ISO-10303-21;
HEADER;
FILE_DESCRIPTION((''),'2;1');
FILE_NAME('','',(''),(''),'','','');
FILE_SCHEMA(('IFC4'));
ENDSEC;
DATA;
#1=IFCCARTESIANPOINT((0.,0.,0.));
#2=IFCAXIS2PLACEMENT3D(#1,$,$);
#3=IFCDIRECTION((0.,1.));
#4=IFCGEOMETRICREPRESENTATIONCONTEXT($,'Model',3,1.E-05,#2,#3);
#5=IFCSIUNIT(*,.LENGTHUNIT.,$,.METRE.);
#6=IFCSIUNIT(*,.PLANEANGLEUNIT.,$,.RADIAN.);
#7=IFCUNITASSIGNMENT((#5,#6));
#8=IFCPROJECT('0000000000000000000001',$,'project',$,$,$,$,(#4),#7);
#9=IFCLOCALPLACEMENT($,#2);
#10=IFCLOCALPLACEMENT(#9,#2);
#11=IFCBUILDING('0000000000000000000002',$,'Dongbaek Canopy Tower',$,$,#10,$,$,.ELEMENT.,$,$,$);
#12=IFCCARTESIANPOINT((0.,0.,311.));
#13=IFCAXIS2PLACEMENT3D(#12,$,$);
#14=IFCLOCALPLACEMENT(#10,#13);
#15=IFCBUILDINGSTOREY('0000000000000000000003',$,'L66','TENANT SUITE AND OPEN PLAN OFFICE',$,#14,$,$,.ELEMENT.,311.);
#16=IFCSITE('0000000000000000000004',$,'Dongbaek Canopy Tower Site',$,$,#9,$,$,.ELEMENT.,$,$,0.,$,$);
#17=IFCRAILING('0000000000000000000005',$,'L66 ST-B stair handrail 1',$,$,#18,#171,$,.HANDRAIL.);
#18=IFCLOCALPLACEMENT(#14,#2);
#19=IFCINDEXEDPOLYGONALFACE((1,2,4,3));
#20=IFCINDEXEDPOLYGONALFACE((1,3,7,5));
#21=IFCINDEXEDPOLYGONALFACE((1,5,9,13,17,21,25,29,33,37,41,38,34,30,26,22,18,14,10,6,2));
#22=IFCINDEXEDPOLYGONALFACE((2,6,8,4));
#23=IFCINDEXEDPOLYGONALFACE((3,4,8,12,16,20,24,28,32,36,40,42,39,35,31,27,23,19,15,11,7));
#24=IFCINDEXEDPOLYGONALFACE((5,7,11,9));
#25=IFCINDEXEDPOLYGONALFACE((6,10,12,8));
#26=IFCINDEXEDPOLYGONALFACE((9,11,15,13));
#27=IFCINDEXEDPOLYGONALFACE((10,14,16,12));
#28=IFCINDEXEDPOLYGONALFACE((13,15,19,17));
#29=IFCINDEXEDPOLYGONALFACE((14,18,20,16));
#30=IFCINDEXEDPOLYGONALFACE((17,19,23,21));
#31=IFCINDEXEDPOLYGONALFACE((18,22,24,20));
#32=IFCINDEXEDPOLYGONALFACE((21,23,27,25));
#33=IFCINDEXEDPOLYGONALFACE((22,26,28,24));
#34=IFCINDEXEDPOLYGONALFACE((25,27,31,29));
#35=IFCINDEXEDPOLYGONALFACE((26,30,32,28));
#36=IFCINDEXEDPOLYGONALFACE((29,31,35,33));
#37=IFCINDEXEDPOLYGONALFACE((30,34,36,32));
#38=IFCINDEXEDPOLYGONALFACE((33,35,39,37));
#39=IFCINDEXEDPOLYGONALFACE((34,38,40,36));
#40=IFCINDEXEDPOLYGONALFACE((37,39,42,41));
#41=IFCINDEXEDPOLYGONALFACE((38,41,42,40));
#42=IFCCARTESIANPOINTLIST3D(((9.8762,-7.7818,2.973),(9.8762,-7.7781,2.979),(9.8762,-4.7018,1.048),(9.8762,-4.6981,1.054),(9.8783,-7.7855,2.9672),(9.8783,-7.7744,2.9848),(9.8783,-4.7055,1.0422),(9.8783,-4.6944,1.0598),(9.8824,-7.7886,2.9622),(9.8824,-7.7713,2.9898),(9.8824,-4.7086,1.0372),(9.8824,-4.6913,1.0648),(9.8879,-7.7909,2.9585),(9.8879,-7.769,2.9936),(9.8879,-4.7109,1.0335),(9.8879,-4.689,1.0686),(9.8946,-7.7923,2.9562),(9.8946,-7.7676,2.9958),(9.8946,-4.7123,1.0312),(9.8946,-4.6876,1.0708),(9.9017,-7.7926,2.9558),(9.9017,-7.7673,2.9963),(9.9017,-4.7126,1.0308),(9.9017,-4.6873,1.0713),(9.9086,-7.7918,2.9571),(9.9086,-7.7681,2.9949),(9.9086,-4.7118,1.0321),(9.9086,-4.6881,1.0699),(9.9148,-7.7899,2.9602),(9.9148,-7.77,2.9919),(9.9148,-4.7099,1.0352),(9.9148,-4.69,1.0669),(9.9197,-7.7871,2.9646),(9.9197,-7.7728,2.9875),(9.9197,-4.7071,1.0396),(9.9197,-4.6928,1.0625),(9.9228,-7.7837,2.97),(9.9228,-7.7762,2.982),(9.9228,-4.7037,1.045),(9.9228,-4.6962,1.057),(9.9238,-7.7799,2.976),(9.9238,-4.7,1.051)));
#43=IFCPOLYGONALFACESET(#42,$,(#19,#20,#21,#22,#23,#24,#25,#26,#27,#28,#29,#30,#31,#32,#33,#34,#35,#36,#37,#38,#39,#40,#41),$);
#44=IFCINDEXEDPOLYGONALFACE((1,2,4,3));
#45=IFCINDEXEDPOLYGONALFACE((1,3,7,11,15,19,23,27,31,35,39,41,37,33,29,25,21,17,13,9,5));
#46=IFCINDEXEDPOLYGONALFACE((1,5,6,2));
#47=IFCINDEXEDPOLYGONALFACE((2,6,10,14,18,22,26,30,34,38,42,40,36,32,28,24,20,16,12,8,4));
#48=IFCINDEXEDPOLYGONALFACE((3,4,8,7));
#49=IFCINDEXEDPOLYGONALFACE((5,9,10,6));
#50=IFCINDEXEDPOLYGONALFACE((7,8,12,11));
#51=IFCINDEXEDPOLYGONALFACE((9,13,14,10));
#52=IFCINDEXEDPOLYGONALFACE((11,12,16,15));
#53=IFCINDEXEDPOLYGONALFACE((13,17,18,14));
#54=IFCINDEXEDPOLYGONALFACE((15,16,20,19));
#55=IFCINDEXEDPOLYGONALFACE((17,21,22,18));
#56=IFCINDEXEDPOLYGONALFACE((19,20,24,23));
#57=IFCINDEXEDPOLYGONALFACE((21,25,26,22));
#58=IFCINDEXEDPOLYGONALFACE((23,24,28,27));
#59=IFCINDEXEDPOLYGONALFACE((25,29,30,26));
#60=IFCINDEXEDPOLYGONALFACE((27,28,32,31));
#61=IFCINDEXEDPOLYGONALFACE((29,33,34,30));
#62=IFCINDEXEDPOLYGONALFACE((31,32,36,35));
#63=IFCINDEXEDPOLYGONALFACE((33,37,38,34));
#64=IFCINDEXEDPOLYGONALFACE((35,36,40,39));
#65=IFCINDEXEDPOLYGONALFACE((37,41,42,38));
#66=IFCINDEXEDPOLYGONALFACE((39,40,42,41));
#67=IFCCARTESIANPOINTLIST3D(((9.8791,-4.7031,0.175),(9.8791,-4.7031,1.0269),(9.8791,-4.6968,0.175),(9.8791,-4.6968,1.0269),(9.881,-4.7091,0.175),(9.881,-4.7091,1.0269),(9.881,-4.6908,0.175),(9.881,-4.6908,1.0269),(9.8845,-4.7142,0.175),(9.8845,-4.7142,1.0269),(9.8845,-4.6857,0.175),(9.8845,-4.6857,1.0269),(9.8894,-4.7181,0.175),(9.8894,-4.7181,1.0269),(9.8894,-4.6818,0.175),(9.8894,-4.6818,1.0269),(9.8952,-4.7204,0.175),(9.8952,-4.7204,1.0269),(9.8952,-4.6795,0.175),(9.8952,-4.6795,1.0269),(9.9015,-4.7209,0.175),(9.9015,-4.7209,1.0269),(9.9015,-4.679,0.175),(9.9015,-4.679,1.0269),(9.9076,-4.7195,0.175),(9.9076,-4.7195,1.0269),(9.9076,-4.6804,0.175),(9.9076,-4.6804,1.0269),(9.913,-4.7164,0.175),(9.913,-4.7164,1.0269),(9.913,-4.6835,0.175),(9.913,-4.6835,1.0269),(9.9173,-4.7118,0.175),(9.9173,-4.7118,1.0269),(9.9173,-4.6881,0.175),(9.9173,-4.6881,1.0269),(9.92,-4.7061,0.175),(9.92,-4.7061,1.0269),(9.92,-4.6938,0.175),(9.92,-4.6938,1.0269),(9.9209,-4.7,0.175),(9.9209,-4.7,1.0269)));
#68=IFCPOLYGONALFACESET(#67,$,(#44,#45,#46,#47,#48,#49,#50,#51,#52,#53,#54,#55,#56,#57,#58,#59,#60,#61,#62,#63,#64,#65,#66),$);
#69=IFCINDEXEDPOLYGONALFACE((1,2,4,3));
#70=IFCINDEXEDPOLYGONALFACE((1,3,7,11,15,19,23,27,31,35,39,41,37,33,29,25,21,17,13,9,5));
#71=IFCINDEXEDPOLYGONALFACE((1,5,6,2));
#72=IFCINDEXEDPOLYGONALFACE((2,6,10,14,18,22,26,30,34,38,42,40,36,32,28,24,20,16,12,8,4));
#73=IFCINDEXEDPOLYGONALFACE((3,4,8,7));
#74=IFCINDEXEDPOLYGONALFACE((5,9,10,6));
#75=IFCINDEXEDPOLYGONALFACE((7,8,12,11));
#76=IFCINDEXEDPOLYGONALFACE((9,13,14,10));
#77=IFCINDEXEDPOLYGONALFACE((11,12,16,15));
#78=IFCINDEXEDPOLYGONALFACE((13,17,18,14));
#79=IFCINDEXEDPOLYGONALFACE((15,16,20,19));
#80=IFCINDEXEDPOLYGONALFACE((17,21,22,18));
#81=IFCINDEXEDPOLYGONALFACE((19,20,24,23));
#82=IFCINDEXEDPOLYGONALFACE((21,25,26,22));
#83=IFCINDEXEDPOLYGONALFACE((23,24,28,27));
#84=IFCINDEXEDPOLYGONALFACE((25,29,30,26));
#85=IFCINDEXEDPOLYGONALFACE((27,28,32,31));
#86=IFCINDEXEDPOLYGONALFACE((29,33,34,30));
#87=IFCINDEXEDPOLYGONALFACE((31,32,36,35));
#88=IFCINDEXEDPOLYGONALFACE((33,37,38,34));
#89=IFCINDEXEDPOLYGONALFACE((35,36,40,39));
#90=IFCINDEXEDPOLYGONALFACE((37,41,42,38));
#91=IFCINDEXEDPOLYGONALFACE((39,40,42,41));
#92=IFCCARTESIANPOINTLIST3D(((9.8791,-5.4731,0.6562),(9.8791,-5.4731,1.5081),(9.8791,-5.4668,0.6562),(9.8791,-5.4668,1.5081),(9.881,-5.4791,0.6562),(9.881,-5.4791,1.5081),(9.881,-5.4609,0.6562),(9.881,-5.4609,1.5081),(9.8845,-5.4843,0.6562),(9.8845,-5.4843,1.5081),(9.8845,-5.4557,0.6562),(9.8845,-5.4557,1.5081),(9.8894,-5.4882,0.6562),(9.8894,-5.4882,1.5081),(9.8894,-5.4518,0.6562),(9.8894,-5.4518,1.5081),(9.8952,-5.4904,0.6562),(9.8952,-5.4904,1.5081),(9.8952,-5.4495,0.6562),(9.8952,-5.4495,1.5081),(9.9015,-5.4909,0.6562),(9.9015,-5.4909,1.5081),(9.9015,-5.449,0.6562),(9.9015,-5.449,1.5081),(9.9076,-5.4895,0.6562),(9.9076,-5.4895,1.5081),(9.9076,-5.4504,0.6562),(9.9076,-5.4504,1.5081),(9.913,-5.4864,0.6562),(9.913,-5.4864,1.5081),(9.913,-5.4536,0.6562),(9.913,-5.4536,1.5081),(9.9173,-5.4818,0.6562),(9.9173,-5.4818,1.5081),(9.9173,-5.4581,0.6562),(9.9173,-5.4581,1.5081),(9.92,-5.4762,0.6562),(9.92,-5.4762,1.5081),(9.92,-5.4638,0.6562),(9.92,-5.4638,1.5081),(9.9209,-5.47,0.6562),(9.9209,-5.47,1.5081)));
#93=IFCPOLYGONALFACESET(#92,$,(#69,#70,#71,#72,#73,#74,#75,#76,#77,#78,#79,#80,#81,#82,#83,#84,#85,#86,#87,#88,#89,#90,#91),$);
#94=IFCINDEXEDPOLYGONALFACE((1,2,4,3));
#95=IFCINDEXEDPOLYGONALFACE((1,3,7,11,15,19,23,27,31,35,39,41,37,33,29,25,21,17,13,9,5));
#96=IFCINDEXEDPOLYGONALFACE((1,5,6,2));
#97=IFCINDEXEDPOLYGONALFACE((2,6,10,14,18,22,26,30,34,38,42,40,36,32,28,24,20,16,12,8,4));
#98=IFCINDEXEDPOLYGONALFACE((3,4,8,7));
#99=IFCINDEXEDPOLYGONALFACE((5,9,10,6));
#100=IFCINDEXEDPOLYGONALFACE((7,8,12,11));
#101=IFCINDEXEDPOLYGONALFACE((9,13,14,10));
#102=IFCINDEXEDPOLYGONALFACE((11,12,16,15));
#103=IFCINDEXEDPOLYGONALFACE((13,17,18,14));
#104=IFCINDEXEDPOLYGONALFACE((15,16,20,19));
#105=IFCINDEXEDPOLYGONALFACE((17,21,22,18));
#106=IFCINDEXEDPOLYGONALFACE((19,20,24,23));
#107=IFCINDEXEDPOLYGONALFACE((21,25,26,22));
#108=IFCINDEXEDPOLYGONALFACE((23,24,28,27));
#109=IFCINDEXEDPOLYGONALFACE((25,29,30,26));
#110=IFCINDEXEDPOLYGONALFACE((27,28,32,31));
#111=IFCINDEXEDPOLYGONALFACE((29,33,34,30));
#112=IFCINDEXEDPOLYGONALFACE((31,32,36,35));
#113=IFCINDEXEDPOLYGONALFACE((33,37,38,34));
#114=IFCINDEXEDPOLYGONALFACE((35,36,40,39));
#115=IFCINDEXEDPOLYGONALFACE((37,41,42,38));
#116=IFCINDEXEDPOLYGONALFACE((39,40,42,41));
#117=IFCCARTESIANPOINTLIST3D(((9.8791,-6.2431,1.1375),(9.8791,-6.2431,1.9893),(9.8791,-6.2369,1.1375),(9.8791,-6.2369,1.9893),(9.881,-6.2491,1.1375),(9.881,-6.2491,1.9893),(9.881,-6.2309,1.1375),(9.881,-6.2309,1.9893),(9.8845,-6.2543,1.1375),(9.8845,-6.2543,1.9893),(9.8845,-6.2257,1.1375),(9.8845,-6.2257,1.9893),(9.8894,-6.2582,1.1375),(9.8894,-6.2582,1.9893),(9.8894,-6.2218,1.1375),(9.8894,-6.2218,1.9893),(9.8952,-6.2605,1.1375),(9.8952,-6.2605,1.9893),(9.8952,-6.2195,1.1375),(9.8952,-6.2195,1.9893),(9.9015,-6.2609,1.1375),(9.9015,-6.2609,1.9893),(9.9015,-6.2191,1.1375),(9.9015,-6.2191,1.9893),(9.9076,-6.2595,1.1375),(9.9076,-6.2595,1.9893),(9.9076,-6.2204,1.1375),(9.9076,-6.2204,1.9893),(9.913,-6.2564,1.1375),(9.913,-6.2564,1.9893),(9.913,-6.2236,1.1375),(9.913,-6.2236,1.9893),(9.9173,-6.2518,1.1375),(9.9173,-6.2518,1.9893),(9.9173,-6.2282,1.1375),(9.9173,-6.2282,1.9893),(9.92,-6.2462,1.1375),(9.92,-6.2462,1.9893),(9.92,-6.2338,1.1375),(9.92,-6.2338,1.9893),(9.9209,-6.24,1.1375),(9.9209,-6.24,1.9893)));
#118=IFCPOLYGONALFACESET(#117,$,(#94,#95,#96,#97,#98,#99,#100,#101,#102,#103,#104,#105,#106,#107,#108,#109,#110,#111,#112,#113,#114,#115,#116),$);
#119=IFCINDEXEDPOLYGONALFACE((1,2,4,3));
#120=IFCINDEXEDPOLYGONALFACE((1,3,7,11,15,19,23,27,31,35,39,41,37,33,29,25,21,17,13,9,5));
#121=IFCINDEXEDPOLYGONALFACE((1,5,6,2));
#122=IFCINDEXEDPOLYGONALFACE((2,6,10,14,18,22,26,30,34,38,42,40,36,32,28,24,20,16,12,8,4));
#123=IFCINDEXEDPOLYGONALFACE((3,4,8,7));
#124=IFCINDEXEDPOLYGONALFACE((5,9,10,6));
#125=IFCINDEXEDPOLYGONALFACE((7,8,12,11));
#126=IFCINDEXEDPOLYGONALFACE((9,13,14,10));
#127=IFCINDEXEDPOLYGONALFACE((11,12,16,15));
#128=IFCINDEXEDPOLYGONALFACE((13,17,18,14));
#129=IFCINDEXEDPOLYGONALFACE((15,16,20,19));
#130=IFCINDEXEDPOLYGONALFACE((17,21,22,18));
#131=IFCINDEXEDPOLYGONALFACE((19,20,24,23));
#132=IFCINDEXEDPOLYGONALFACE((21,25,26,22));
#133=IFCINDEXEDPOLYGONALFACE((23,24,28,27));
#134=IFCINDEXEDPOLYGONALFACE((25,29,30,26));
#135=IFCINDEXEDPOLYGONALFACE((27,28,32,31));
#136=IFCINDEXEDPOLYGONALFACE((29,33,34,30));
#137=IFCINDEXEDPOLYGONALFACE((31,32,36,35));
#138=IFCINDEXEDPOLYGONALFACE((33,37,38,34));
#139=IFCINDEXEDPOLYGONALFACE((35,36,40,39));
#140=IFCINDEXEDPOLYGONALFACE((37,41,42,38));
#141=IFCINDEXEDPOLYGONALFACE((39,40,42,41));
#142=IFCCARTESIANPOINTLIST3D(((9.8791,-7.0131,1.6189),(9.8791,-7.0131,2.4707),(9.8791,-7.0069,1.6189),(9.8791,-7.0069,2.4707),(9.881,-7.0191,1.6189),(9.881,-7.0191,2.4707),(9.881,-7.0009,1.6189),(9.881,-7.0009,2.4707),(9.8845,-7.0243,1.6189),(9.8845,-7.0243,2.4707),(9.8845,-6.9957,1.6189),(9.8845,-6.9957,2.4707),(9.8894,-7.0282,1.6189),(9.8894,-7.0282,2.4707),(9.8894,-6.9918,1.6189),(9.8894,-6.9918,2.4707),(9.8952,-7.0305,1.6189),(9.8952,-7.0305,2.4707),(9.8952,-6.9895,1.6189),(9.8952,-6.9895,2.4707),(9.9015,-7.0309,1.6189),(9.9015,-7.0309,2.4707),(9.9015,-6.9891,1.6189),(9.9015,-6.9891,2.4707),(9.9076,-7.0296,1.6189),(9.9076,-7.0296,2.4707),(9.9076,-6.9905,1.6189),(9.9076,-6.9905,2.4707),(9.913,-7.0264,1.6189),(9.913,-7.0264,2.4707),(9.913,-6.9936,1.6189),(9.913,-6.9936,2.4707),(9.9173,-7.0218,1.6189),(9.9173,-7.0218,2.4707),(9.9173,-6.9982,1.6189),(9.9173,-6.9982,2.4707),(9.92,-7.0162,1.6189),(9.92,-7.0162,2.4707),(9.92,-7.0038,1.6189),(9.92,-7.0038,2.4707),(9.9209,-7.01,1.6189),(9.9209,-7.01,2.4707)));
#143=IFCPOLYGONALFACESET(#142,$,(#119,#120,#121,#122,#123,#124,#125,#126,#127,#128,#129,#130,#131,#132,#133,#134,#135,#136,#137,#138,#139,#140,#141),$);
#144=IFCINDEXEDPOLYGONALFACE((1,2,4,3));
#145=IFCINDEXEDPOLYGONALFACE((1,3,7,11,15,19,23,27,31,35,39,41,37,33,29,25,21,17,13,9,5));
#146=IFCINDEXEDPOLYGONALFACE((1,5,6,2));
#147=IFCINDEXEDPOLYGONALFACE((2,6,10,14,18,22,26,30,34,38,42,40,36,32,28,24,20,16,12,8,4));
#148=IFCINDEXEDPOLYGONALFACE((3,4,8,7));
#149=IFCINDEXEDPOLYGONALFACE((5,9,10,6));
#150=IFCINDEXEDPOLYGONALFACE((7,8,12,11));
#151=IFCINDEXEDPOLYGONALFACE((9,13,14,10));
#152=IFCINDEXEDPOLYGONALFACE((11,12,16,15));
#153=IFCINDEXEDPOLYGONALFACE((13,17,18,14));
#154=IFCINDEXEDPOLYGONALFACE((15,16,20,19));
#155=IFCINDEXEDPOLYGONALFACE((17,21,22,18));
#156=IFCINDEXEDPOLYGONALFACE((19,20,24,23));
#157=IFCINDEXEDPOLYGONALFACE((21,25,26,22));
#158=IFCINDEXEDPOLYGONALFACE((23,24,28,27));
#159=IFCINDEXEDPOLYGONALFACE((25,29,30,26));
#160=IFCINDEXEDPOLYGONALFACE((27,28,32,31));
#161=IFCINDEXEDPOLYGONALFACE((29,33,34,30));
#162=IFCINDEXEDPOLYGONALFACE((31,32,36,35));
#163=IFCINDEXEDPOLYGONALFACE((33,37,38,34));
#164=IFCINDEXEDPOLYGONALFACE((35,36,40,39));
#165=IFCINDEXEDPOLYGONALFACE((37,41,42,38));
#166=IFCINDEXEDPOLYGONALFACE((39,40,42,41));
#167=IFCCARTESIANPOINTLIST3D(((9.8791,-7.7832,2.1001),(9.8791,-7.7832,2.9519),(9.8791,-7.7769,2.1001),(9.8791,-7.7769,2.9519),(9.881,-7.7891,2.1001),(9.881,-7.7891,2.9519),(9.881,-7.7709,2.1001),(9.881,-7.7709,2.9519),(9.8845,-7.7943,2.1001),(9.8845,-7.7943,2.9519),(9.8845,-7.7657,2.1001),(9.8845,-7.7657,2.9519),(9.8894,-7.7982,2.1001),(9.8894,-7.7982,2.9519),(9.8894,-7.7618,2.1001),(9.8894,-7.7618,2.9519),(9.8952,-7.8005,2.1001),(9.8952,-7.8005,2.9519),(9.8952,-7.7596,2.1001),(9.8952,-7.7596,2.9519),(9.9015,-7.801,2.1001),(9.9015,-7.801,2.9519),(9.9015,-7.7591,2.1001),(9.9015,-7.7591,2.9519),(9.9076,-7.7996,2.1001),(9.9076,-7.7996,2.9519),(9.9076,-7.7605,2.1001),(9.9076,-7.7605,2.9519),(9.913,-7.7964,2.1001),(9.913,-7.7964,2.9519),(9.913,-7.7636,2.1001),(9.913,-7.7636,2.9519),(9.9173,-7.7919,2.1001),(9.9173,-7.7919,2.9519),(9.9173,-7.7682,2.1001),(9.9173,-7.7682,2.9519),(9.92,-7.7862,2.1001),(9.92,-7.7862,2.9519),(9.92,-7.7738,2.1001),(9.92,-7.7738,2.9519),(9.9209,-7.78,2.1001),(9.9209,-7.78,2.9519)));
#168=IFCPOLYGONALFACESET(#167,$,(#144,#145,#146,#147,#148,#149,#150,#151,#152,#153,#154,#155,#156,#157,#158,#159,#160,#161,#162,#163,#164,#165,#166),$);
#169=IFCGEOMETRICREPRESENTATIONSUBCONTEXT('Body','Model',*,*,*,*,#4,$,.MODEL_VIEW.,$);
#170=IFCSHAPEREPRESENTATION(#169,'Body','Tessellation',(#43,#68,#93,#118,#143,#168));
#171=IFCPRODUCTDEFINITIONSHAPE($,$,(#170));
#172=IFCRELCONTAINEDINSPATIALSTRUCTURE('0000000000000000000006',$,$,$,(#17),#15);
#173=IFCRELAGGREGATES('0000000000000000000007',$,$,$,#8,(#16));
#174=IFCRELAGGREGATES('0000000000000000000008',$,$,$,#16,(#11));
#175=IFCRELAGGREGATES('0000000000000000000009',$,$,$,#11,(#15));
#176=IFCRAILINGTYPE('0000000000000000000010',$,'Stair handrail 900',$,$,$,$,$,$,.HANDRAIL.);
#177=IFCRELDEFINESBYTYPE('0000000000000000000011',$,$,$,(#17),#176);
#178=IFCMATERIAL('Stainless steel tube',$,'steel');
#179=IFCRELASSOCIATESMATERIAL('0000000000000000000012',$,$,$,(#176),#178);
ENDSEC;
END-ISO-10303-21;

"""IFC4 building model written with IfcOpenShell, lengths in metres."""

from ifc_helpers import new_model, si_unit, direction, frame, origin, origin_2d, place, context, subcontext, project, spatial, circle, extrude, material, type_object, element, save


model = new_model("IFC4")

# Units and contexts
model_context = context("Model", 3, precision=1e-05, world=origin(), true_north=direction((0.0, 1.0)))
body_context = subcontext(model_context, "Body", "Model", "MODEL_VIEW")
ifc_project = project(units=[si_unit("LENGTHUNIT", "METRE"), si_unit("PLANEANGLEUNIT", "RADIAN")], contexts=[model_context])

# Site, building, storey
site_placement = place(None, origin())
site = spatial("IfcSite", under=ifc_project, at=site_placement, Name="Dongbaek Canopy Tower Site", CompositionType="ELEMENT", RefElevation=0.0)
building_placement = place(site_placement, origin())
building = spatial("IfcBuilding", under=site, at=building_placement, Name="Dongbaek Canopy Tower", CompositionType="ELEMENT")
storey_placement = place(building_placement, frame((0.0, 0.0, 311.0)))
storey = spatial("IfcBuildingStorey", under=building, at=storey_placement, Name="L66", Description="TENANT SUITE AND OPEN PLAN OFFICE", CompositionType="ELEMENT", Elevation=311.0)

# Railing
ifc_material_1 = material(Name="Stainless steel tube", Category="steel")
railing_type_1 = type_object("IfcRailingType", Name="Stair handrail 900", PredefinedType="HANDRAIL", material=ifc_material_1)
railing_1_placement = place(storey_placement, frame((9.8999, -4.7, 0.175)))
element("IfcRailing", 1, at=railing_1_placement, inside=storey, type_object=railing_type_1, Name="L66 ST-B stair handrail 1", PredefinedType="HANDRAIL", context=body_context, shape_type="SweptSolid", body=[
    extrude(circle(Radius=0.0239, at=origin_2d()), frame((0.0, 0.0, 0.876), z_axis=(0.0, -0.847998, 0.529999), x_axis=(1.0, 0.0, 0.0)), (0.0, 0.0, 1.0), 3.6321),
    extrude(circle(Radius=0.021, at=origin_2d()), origin(), (0.0, 0.0, 1.0), 0.8518),
    extrude(circle(Radius=0.021, at=origin_2d()), frame((0.0, -0.77, 0.4812)), (0.0, 0.0, 1.0), 0.8518),
    extrude(circle(Radius=0.021, at=origin_2d()), frame((0.0, -1.54, 0.9624)), (0.0, 0.0, 1.0), 0.8518),
    extrude(circle(Radius=0.021, at=origin_2d()), frame((0.0, -2.3101, 1.4438)), (0.0, 0.0, 1.0), 0.8518),
    extrude(circle(Radius=0.021, at=origin_2d()), frame((0.0, -3.0801, 1.925)), (0.0, 0.0, 1.0), 0.8518),
])

save(model, "model.ifc")
